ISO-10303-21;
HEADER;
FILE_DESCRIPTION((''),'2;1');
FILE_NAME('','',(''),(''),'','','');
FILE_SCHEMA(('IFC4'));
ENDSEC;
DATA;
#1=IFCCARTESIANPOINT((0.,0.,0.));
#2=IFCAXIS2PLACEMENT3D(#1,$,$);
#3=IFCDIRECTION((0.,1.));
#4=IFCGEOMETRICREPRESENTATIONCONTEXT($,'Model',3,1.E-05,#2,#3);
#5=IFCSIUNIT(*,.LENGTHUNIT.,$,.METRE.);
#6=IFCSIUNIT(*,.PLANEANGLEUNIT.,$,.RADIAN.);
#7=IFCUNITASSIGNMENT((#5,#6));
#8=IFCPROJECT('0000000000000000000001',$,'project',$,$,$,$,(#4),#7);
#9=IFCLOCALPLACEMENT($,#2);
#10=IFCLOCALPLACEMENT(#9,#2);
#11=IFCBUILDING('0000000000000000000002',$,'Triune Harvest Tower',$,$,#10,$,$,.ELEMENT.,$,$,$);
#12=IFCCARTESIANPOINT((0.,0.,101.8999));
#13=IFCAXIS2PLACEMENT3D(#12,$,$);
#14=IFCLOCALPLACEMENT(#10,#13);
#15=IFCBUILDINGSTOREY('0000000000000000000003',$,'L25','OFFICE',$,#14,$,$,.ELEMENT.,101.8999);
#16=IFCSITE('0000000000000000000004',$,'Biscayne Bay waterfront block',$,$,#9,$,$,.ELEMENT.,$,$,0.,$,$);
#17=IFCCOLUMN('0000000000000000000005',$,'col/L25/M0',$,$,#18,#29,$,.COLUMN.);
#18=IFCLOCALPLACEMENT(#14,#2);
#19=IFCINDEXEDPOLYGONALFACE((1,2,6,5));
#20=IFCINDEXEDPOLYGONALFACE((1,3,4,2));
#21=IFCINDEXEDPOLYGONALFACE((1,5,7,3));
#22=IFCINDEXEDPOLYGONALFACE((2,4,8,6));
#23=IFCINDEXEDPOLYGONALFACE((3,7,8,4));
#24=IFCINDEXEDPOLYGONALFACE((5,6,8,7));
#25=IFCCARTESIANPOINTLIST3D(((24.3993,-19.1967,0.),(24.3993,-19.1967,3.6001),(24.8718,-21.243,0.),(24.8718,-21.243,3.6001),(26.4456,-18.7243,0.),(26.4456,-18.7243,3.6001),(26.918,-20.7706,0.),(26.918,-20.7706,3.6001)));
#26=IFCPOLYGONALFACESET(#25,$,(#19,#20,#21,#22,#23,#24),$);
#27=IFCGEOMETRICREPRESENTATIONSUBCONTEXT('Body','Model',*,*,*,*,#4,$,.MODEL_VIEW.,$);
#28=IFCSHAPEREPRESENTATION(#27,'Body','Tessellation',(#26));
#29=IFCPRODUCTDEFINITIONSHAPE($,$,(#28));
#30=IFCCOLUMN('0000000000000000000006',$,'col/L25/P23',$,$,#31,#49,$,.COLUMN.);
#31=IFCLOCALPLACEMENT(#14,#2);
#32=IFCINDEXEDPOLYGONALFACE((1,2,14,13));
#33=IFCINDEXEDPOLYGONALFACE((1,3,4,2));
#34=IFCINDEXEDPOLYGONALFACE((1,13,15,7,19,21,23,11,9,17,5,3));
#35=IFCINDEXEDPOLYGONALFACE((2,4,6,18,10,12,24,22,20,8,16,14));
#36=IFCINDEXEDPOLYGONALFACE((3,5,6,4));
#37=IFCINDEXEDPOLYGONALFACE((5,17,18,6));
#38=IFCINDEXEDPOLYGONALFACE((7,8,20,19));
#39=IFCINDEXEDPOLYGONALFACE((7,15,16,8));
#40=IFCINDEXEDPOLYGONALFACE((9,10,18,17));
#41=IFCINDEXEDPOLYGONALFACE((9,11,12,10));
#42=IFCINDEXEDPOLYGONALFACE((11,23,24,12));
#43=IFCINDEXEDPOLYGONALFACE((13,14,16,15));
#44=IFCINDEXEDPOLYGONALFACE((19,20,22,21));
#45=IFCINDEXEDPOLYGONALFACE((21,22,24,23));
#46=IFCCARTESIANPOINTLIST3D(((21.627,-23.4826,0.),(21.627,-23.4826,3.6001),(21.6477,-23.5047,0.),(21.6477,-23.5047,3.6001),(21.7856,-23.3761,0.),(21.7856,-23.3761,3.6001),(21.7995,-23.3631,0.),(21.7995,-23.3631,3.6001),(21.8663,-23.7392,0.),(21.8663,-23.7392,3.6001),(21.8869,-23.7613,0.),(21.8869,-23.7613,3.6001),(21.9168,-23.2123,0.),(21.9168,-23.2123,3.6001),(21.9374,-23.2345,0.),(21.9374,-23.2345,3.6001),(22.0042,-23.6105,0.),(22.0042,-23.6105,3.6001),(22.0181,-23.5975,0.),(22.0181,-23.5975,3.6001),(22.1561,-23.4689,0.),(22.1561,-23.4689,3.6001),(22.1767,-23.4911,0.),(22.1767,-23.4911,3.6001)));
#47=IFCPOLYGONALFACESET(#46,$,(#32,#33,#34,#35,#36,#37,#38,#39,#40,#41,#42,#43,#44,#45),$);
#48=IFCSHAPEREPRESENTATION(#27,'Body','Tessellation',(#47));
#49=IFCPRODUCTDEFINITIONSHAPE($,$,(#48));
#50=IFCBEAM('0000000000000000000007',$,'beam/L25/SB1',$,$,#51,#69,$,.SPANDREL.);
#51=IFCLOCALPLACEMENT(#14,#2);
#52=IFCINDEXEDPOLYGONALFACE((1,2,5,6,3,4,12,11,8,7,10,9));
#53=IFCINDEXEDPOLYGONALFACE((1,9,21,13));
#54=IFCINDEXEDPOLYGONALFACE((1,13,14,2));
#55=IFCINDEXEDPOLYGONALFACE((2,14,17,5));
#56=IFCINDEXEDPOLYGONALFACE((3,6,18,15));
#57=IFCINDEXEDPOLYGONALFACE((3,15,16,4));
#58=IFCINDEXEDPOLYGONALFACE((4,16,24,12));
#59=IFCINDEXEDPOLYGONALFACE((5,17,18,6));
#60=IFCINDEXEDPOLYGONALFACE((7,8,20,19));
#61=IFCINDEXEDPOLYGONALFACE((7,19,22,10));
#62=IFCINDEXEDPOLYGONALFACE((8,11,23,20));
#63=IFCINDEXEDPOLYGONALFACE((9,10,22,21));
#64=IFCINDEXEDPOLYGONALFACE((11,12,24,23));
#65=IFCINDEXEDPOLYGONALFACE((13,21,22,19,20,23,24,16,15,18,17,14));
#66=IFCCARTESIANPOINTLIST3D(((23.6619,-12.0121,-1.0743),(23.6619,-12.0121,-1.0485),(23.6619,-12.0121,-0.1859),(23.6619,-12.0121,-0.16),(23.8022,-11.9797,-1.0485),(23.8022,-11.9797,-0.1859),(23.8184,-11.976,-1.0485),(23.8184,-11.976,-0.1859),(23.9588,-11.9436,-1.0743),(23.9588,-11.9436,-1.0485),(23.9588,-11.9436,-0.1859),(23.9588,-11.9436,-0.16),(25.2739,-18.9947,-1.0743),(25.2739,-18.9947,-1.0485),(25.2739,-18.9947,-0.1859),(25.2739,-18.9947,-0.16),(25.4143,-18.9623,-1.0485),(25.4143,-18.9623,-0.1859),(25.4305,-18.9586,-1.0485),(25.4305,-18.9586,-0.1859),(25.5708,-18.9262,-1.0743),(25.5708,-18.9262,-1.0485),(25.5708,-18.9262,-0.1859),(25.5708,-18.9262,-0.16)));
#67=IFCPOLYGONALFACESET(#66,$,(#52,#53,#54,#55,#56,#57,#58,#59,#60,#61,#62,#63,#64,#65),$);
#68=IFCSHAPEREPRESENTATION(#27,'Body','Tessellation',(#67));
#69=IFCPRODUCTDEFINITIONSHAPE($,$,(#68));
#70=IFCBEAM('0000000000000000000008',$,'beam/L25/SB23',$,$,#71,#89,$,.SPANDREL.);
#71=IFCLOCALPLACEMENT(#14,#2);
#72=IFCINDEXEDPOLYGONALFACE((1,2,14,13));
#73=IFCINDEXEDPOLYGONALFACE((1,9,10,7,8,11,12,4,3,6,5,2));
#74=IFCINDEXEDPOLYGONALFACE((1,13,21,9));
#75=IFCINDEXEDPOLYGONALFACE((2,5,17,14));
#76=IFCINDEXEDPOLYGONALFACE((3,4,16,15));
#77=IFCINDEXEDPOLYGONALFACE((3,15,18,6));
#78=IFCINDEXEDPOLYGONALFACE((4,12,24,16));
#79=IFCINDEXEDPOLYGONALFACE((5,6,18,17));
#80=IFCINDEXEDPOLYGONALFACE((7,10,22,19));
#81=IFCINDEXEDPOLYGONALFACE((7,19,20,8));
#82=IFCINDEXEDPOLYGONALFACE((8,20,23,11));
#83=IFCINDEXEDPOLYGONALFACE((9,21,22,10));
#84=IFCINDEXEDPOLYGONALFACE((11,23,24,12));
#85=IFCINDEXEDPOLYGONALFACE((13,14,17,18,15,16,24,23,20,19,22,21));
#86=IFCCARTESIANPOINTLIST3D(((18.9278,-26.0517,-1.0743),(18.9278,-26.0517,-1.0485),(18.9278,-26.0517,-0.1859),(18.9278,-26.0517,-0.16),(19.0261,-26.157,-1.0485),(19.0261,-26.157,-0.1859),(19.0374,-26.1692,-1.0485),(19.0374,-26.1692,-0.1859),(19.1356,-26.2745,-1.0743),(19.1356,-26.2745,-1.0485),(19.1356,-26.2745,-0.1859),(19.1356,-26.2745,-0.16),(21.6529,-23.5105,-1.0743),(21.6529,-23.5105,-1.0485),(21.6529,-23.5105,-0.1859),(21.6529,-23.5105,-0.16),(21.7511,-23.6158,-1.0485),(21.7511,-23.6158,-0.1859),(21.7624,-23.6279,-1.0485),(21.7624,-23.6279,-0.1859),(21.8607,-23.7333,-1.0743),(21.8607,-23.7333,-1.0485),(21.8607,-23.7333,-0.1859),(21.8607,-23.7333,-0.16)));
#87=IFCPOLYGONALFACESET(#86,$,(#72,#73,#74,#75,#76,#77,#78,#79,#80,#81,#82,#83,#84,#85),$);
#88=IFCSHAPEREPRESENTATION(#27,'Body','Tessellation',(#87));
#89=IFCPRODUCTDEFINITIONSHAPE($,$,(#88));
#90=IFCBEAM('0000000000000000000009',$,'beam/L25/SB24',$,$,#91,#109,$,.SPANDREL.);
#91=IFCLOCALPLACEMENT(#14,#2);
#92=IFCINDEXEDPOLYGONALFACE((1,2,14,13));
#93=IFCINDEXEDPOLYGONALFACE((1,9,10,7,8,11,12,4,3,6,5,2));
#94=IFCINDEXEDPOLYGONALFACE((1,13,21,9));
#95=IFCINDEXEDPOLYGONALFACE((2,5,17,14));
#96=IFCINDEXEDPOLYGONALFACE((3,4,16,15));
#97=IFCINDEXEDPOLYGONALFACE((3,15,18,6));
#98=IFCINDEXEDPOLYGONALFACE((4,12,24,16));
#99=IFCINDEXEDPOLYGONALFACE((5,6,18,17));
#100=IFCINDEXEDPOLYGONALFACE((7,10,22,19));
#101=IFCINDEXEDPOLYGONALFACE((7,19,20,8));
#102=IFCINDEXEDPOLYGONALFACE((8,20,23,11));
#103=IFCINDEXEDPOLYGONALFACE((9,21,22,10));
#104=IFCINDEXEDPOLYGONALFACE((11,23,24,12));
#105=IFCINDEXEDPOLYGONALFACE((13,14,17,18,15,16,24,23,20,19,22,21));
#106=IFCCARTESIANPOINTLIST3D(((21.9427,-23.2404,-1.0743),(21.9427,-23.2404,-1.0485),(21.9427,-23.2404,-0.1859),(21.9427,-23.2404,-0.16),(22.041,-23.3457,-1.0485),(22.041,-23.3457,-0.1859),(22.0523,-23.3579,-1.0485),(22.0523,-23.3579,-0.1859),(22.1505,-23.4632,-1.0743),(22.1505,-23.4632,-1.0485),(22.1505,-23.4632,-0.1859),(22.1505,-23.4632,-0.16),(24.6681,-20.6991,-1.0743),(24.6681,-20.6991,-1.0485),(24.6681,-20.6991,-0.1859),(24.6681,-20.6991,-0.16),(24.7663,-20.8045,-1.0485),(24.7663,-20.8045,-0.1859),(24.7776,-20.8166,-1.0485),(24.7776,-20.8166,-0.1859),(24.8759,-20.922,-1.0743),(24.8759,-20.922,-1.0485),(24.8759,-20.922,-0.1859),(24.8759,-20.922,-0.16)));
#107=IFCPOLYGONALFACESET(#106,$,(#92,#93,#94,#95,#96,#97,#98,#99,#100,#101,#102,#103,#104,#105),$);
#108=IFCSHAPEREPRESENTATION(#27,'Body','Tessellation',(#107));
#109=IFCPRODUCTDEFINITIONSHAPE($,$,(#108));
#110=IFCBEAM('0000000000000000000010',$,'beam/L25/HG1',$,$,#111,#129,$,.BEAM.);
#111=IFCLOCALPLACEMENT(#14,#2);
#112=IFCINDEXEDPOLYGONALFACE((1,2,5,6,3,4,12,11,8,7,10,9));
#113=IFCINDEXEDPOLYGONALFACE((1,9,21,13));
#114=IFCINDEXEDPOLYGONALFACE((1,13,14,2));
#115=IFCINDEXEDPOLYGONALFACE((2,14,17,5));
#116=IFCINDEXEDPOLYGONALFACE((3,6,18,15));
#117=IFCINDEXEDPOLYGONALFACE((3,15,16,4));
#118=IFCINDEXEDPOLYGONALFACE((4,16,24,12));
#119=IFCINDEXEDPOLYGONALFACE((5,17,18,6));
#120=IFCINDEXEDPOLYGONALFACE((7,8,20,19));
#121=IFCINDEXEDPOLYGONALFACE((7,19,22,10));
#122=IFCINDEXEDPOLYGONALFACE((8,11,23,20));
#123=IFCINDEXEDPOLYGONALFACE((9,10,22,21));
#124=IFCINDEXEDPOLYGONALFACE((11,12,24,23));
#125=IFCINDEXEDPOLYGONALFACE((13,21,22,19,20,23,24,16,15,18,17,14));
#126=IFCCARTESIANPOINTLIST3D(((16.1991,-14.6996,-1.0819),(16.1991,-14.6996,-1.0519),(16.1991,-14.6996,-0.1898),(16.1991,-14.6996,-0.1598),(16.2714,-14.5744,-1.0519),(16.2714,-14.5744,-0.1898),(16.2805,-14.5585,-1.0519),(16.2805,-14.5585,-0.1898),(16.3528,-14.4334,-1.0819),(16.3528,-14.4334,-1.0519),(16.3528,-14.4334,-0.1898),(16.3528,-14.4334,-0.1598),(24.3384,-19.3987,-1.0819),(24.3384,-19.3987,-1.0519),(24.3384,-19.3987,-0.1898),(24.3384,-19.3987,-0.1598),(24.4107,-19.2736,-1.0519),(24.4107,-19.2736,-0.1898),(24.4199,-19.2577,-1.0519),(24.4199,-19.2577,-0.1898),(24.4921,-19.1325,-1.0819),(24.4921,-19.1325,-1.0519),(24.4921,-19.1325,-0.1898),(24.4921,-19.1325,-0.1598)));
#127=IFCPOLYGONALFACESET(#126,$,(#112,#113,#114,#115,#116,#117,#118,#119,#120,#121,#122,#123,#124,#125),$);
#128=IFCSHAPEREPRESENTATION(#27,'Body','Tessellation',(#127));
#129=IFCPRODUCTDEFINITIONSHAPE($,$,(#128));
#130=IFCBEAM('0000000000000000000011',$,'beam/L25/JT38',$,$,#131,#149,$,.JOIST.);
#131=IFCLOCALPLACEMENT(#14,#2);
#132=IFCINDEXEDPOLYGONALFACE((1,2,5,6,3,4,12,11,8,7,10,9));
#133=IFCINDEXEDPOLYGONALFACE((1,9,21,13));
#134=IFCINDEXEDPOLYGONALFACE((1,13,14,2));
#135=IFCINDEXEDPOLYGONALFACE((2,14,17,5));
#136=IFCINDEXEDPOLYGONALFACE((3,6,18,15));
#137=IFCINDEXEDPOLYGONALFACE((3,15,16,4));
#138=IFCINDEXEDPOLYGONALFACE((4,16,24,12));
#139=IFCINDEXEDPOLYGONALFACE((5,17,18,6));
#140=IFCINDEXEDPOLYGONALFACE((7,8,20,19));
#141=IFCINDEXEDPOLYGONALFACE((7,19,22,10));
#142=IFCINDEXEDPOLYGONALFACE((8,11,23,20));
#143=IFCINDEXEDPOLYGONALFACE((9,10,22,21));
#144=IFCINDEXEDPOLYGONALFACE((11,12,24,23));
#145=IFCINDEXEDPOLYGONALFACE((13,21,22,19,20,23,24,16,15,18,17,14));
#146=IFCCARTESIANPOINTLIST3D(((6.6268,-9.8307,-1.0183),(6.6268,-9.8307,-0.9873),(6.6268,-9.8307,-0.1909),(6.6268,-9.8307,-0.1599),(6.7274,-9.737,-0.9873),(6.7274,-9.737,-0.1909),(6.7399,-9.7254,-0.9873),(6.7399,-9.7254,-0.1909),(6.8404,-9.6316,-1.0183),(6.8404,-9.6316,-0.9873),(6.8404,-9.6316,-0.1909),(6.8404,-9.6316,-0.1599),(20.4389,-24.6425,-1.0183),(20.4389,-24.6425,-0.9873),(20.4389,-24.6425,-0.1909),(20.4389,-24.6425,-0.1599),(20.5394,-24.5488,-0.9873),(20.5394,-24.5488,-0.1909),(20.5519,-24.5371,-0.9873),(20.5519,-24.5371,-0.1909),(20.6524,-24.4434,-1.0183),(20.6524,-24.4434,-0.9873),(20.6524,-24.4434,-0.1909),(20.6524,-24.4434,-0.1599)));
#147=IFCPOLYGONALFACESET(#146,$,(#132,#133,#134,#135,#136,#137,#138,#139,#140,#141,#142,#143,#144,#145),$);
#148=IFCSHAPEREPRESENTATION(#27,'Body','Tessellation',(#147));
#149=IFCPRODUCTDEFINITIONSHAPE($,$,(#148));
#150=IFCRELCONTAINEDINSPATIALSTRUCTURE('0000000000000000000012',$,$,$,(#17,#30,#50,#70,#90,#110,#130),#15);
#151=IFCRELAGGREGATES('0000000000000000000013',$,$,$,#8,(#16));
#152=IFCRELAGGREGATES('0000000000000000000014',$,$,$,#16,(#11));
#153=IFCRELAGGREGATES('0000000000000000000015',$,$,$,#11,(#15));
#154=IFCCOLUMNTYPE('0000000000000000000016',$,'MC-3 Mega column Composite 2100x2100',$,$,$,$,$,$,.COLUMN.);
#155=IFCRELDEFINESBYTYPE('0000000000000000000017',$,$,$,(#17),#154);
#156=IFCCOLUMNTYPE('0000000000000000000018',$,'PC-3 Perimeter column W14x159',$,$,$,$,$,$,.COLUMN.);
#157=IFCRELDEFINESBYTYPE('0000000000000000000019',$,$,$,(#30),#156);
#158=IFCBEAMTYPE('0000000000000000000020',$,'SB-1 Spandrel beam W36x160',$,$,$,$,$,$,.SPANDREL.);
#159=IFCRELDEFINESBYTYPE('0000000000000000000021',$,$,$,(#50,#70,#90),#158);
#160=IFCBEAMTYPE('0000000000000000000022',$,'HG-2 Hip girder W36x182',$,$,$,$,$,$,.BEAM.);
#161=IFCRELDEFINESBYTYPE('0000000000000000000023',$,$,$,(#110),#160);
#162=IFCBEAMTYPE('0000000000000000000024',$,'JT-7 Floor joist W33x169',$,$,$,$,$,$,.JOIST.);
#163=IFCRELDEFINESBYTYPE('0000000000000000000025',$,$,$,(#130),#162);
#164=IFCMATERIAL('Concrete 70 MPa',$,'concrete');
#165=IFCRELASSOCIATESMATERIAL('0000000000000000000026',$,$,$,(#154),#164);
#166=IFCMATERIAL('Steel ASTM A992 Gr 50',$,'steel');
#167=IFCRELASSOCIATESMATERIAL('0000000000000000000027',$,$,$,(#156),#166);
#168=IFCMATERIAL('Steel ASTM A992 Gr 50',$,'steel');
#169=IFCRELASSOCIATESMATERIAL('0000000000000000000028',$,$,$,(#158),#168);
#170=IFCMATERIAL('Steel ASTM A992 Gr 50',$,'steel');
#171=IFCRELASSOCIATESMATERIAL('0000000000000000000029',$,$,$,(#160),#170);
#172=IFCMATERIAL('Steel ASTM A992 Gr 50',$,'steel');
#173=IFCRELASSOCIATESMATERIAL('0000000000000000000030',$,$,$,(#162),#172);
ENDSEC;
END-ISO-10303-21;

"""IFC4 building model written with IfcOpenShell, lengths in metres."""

from ifc_helpers import new_model, si_unit, direction, frame, origin, origin_2d, place, context, subcontext, project, spatial, rectangle, i_section, extrude, source, transform, mapped, material, material_profile, profile_set, type_object, element, save


model = new_model("IFC4")

# Units and contexts
model_context = context("Model", 3, precision=1e-05, world=origin(), true_north=direction((0.0, 1.0)))
body_context = subcontext(model_context, "Body", "Model", "MODEL_VIEW")
ifc_project = project(units=[si_unit("LENGTHUNIT", "METRE"), si_unit("PLANEANGLEUNIT", "RADIAN")], contexts=[model_context])

# Site, building, storey
site_placement = place(None, origin())
site = spatial("IfcSite", under=ifc_project, at=site_placement, Name="Biscayne Bay waterfront block", CompositionType="ELEMENT", RefElevation=0.0)
building_placement = place(site_placement, origin())
building = spatial("IfcBuilding", under=site, at=building_placement, Name="Triune Harvest Tower", CompositionType="ELEMENT")
storey_placement = place(building_placement, frame((0.0, 0.0, 101.8999)))
storey = spatial("IfcBuildingStorey", under=building, at=storey_placement, Name="L25", Description="OFFICE", CompositionType="ELEMENT", Elevation=101.8999)

# Columns
ifc_material_1 = material(Name="Concrete 70 MPa", Category="concrete")
ifc_material_profile_1 = material_profile(ifc_material_1, rectangle(XDim=2.1001, YDim=2.1001, at=origin_2d()), Name="Composite 2100x2100")
ifc_profile_set_1 = profile_set([ifc_material_profile_1], Name="Concrete 70 MPa")
column_type_1 = type_object("IfcColumnType", Name="MC-3 Mega column Composite 2100x2100", PredefinedType="COLUMN", material=ifc_profile_set_1)
shared_shape_1 = source(origin(), body_context, "Body", "SweptSolid", [
    extrude(rectangle(XDim=2.1001, YDim=2.1001, at=origin_2d()), origin(), (0.0, 0.0, 1.0), 3.6001),
])
column_1_placement = place(storey_placement, frame((25.6587, -19.9836, 0.0), z_axis=(0.0, 0.0, 1.0), x_axis=(-0.224953, 0.97437, 0.0)))
element("IfcColumn", 1, at=column_1_placement, inside=storey, type_object=column_type_1, Name="col/L25/M0", PredefinedType="COLUMN", context=body_context, shape_type="MappedRepresentation", body=[
    mapped(shared_shape_1, transform((0.0, 0.0, 0.0), scale=1.0)),
])
ifc_material_2 = material(Name="Steel ASTM A992 Gr 50", Category="steel")
ifc_material_profile_2 = material_profile(ifc_material_2, i_section(OverallWidth=0.3962, OverallDepth=0.3811, WebThickness=0.019, FlangeThickness=0.0303, at=origin_2d()), Name="W14x159")
ifc_profile_set_2 = profile_set([ifc_material_profile_2], Name="Steel ASTM A992 Gr 50")
column_type_2 = type_object("IfcColumnType", Name="PC-3 Perimeter column W14x159", PredefinedType="COLUMN", material=ifc_profile_set_2)
shared_shape_2 = source(origin(), body_context, "Body", "SweptSolid", [
    extrude(i_section(OverallWidth=0.3962, OverallDepth=0.3811, WebThickness=0.019, FlangeThickness=0.0303, at=origin_2d()), origin(), (0.0, 0.0, 1.0), 3.6001),
])
column_2_placement = place(storey_placement, frame((21.9019, -23.4868, 0.0), z_axis=(0.0, 0.0, 1.0), x_axis=(0.731354, 0.681998, 0.0)))
element("IfcColumn", 2, at=column_2_placement, inside=storey, type_object=column_type_2, Name="col/L25/P23", PredefinedType="COLUMN", context=body_context, shape_type="MappedRepresentation", body=[
    mapped(shared_shape_2, transform((0.0, 0.0, 0.0), scale=1.0)),
])

# Beams
ifc_material_3 = material(Name="Steel ASTM A992 Gr 50", Category="steel")
ifc_material_profile_3 = material_profile(ifc_material_3, i_section(OverallWidth=0.3047, OverallDepth=0.9143, WebThickness=0.0166, FlangeThickness=0.0259, at=origin_2d()), Name="W36x160")
ifc_profile_set_3 = profile_set([ifc_material_profile_3], Name="Steel ASTM A992 Gr 50")
beam_type_1 = type_object("IfcBeamType", Name="SB-1 Spandrel beam W36x160", PredefinedType="SPANDREL", material=ifc_profile_set_3)
shared_shape_3 = source(origin(), body_context, "Body", "SweptSolid", [
    extrude(i_section(OverallWidth=0.3047, OverallDepth=0.9143, WebThickness=0.0166, FlangeThickness=0.0259, at=origin_2d()), origin(), (0.0, 0.0, 1.0), 7.1663),
])
beam_1_placement = place(storey_placement, frame((25.4224, -18.9604, -0.6172), z_axis=(-0.224949, 0.974371, 0.0), x_axis=(-0.974371, -0.224949, 0.0)))
element("IfcBeam", 3, at=beam_1_placement, inside=storey, type_object=beam_type_1, Name="beam/L25/SB1", PredefinedType="SPANDREL", context=body_context, shape_type="MappedRepresentation", body=[
    mapped(shared_shape_3, transform((0.0, 0.0, 0.0), scale=1.0)),
])
shared_shape_4 = source(origin(), body_context, "Body", "SweptSolid", [
    extrude(i_section(OverallWidth=0.3047, OverallDepth=0.9143, WebThickness=0.0166, FlangeThickness=0.0259, at=origin_2d()), origin(), (0.0, 0.0, 1.0), 3.7261),
])
beam_2_placement = place(storey_placement, frame((19.0317, -26.1631, -0.6172), z_axis=(0.731345, 0.682008, 0.0), x_axis=(-0.682008, 0.731345, 0.0)))
element("IfcBeam", 4, at=beam_2_placement, inside=storey, type_object=beam_type_1, Name="beam/L25/SB23", PredefinedType="SPANDREL", context=body_context, shape_type="MappedRepresentation", body=[
    mapped(shared_shape_4, transform((0.0, 0.0, 0.0), scale=1.0)),
])
shared_shape_5 = source(origin(), body_context, "Body", "SweptSolid", [
    extrude(i_section(OverallWidth=0.3047, OverallDepth=0.9143, WebThickness=0.0166, FlangeThickness=0.0259, at=origin_2d()), origin(), (0.0, 0.0, 1.0), 3.7263),
])
beam_3_placement = place(storey_placement, frame((22.0466, -23.3518, -0.6172), z_axis=(0.731375, 0.681975, 0.0), x_axis=(-0.681975, 0.731375, 0.0)))
element("IfcBeam", 5, at=beam_3_placement, inside=storey, type_object=beam_type_1, Name="beam/L25/SB24", PredefinedType="SPANDREL", context=body_context, shape_type="MappedRepresentation", body=[
    mapped(shared_shape_5, transform((0.0, 0.0, 0.0), scale=1.0)),
])
ifc_material_4 = material(Name="Steel ASTM A992 Gr 50", Category="steel")
ifc_material_profile_4 = material_profile(ifc_material_4, i_section(OverallWidth=0.3074, OverallDepth=0.9221, WebThickness=0.0183, FlangeThickness=0.03, at=origin_2d()), Name="W36x182")
ifc_profile_set_4 = profile_set([ifc_material_profile_4], Name="Steel ASTM A992 Gr 50")
beam_type_2 = type_object("IfcBeamType", Name="HG-2 Hip girder W36x182", PredefinedType="BEAM", material=ifc_profile_set_4)
shared_shape_6 = source(origin(), body_context, "Body", "SweptSolid", [
    extrude(i_section(OverallWidth=0.3074, OverallDepth=0.9221, WebThickness=0.0183, FlangeThickness=0.03, at=origin_2d()), origin(), (0.0, 0.0, 1.0), 9.3984),
])
beam_4_placement = place(storey_placement, frame((24.4153, -19.2656, -0.6208), z_axis=(-0.866029, 0.499995, 0.0), x_axis=(-0.499995, -0.866029, 0.0)))
element("IfcBeam", 6, at=beam_4_placement, inside=storey, type_object=beam_type_2, Name="beam/L25/HG1", PredefinedType="BEAM", context=body_context, shape_type="MappedRepresentation", body=[
    mapped(shared_shape_6, transform((0.0, 0.0, 0.0), scale=1.0)),
])
ifc_material_5 = material(Name="Steel ASTM A992 Gr 50", Category="steel")
ifc_material_profile_5 = material_profile(ifc_material_5, i_section(OverallWidth=0.292, OverallDepth=0.8584, WebThickness=0.0171, FlangeThickness=0.031, at=origin_2d()), Name="W33x169")
ifc_profile_set_5 = profile_set([ifc_material_profile_5], Name="Steel ASTM A992 Gr 50")
beam_type_3 = type_object("IfcBeamType", Name="JT-7 Floor joist W33x169", PredefinedType="JOIST", material=ifc_profile_set_5)
shared_shape_7 = source(origin(), body_context, "Body", "SweptSolid", [
    extrude(i_section(OverallWidth=0.292, OverallDepth=0.8584, WebThickness=0.0171, FlangeThickness=0.031, at=origin_2d()), origin(), (0.0, 0.0, 1.0), 20.2524),
])
beam_5_placement = place(storey_placement, frame((20.5457, -24.543, -0.5891), z_axis=(-0.681993, 0.731358, 0.0), x_axis=(-0.731358, -0.681993, 0.0)))
element("IfcBeam", 7, at=beam_5_placement, inside=storey, type_object=beam_type_3, Name="beam/L25/JT38", PredefinedType="JOIST", context=body_context, shape_type="MappedRepresentation", body=[
    mapped(shared_shape_7, transform((0.0, 0.0, 0.0), scale=1.0)),
])

save(model, "model.ifc")
